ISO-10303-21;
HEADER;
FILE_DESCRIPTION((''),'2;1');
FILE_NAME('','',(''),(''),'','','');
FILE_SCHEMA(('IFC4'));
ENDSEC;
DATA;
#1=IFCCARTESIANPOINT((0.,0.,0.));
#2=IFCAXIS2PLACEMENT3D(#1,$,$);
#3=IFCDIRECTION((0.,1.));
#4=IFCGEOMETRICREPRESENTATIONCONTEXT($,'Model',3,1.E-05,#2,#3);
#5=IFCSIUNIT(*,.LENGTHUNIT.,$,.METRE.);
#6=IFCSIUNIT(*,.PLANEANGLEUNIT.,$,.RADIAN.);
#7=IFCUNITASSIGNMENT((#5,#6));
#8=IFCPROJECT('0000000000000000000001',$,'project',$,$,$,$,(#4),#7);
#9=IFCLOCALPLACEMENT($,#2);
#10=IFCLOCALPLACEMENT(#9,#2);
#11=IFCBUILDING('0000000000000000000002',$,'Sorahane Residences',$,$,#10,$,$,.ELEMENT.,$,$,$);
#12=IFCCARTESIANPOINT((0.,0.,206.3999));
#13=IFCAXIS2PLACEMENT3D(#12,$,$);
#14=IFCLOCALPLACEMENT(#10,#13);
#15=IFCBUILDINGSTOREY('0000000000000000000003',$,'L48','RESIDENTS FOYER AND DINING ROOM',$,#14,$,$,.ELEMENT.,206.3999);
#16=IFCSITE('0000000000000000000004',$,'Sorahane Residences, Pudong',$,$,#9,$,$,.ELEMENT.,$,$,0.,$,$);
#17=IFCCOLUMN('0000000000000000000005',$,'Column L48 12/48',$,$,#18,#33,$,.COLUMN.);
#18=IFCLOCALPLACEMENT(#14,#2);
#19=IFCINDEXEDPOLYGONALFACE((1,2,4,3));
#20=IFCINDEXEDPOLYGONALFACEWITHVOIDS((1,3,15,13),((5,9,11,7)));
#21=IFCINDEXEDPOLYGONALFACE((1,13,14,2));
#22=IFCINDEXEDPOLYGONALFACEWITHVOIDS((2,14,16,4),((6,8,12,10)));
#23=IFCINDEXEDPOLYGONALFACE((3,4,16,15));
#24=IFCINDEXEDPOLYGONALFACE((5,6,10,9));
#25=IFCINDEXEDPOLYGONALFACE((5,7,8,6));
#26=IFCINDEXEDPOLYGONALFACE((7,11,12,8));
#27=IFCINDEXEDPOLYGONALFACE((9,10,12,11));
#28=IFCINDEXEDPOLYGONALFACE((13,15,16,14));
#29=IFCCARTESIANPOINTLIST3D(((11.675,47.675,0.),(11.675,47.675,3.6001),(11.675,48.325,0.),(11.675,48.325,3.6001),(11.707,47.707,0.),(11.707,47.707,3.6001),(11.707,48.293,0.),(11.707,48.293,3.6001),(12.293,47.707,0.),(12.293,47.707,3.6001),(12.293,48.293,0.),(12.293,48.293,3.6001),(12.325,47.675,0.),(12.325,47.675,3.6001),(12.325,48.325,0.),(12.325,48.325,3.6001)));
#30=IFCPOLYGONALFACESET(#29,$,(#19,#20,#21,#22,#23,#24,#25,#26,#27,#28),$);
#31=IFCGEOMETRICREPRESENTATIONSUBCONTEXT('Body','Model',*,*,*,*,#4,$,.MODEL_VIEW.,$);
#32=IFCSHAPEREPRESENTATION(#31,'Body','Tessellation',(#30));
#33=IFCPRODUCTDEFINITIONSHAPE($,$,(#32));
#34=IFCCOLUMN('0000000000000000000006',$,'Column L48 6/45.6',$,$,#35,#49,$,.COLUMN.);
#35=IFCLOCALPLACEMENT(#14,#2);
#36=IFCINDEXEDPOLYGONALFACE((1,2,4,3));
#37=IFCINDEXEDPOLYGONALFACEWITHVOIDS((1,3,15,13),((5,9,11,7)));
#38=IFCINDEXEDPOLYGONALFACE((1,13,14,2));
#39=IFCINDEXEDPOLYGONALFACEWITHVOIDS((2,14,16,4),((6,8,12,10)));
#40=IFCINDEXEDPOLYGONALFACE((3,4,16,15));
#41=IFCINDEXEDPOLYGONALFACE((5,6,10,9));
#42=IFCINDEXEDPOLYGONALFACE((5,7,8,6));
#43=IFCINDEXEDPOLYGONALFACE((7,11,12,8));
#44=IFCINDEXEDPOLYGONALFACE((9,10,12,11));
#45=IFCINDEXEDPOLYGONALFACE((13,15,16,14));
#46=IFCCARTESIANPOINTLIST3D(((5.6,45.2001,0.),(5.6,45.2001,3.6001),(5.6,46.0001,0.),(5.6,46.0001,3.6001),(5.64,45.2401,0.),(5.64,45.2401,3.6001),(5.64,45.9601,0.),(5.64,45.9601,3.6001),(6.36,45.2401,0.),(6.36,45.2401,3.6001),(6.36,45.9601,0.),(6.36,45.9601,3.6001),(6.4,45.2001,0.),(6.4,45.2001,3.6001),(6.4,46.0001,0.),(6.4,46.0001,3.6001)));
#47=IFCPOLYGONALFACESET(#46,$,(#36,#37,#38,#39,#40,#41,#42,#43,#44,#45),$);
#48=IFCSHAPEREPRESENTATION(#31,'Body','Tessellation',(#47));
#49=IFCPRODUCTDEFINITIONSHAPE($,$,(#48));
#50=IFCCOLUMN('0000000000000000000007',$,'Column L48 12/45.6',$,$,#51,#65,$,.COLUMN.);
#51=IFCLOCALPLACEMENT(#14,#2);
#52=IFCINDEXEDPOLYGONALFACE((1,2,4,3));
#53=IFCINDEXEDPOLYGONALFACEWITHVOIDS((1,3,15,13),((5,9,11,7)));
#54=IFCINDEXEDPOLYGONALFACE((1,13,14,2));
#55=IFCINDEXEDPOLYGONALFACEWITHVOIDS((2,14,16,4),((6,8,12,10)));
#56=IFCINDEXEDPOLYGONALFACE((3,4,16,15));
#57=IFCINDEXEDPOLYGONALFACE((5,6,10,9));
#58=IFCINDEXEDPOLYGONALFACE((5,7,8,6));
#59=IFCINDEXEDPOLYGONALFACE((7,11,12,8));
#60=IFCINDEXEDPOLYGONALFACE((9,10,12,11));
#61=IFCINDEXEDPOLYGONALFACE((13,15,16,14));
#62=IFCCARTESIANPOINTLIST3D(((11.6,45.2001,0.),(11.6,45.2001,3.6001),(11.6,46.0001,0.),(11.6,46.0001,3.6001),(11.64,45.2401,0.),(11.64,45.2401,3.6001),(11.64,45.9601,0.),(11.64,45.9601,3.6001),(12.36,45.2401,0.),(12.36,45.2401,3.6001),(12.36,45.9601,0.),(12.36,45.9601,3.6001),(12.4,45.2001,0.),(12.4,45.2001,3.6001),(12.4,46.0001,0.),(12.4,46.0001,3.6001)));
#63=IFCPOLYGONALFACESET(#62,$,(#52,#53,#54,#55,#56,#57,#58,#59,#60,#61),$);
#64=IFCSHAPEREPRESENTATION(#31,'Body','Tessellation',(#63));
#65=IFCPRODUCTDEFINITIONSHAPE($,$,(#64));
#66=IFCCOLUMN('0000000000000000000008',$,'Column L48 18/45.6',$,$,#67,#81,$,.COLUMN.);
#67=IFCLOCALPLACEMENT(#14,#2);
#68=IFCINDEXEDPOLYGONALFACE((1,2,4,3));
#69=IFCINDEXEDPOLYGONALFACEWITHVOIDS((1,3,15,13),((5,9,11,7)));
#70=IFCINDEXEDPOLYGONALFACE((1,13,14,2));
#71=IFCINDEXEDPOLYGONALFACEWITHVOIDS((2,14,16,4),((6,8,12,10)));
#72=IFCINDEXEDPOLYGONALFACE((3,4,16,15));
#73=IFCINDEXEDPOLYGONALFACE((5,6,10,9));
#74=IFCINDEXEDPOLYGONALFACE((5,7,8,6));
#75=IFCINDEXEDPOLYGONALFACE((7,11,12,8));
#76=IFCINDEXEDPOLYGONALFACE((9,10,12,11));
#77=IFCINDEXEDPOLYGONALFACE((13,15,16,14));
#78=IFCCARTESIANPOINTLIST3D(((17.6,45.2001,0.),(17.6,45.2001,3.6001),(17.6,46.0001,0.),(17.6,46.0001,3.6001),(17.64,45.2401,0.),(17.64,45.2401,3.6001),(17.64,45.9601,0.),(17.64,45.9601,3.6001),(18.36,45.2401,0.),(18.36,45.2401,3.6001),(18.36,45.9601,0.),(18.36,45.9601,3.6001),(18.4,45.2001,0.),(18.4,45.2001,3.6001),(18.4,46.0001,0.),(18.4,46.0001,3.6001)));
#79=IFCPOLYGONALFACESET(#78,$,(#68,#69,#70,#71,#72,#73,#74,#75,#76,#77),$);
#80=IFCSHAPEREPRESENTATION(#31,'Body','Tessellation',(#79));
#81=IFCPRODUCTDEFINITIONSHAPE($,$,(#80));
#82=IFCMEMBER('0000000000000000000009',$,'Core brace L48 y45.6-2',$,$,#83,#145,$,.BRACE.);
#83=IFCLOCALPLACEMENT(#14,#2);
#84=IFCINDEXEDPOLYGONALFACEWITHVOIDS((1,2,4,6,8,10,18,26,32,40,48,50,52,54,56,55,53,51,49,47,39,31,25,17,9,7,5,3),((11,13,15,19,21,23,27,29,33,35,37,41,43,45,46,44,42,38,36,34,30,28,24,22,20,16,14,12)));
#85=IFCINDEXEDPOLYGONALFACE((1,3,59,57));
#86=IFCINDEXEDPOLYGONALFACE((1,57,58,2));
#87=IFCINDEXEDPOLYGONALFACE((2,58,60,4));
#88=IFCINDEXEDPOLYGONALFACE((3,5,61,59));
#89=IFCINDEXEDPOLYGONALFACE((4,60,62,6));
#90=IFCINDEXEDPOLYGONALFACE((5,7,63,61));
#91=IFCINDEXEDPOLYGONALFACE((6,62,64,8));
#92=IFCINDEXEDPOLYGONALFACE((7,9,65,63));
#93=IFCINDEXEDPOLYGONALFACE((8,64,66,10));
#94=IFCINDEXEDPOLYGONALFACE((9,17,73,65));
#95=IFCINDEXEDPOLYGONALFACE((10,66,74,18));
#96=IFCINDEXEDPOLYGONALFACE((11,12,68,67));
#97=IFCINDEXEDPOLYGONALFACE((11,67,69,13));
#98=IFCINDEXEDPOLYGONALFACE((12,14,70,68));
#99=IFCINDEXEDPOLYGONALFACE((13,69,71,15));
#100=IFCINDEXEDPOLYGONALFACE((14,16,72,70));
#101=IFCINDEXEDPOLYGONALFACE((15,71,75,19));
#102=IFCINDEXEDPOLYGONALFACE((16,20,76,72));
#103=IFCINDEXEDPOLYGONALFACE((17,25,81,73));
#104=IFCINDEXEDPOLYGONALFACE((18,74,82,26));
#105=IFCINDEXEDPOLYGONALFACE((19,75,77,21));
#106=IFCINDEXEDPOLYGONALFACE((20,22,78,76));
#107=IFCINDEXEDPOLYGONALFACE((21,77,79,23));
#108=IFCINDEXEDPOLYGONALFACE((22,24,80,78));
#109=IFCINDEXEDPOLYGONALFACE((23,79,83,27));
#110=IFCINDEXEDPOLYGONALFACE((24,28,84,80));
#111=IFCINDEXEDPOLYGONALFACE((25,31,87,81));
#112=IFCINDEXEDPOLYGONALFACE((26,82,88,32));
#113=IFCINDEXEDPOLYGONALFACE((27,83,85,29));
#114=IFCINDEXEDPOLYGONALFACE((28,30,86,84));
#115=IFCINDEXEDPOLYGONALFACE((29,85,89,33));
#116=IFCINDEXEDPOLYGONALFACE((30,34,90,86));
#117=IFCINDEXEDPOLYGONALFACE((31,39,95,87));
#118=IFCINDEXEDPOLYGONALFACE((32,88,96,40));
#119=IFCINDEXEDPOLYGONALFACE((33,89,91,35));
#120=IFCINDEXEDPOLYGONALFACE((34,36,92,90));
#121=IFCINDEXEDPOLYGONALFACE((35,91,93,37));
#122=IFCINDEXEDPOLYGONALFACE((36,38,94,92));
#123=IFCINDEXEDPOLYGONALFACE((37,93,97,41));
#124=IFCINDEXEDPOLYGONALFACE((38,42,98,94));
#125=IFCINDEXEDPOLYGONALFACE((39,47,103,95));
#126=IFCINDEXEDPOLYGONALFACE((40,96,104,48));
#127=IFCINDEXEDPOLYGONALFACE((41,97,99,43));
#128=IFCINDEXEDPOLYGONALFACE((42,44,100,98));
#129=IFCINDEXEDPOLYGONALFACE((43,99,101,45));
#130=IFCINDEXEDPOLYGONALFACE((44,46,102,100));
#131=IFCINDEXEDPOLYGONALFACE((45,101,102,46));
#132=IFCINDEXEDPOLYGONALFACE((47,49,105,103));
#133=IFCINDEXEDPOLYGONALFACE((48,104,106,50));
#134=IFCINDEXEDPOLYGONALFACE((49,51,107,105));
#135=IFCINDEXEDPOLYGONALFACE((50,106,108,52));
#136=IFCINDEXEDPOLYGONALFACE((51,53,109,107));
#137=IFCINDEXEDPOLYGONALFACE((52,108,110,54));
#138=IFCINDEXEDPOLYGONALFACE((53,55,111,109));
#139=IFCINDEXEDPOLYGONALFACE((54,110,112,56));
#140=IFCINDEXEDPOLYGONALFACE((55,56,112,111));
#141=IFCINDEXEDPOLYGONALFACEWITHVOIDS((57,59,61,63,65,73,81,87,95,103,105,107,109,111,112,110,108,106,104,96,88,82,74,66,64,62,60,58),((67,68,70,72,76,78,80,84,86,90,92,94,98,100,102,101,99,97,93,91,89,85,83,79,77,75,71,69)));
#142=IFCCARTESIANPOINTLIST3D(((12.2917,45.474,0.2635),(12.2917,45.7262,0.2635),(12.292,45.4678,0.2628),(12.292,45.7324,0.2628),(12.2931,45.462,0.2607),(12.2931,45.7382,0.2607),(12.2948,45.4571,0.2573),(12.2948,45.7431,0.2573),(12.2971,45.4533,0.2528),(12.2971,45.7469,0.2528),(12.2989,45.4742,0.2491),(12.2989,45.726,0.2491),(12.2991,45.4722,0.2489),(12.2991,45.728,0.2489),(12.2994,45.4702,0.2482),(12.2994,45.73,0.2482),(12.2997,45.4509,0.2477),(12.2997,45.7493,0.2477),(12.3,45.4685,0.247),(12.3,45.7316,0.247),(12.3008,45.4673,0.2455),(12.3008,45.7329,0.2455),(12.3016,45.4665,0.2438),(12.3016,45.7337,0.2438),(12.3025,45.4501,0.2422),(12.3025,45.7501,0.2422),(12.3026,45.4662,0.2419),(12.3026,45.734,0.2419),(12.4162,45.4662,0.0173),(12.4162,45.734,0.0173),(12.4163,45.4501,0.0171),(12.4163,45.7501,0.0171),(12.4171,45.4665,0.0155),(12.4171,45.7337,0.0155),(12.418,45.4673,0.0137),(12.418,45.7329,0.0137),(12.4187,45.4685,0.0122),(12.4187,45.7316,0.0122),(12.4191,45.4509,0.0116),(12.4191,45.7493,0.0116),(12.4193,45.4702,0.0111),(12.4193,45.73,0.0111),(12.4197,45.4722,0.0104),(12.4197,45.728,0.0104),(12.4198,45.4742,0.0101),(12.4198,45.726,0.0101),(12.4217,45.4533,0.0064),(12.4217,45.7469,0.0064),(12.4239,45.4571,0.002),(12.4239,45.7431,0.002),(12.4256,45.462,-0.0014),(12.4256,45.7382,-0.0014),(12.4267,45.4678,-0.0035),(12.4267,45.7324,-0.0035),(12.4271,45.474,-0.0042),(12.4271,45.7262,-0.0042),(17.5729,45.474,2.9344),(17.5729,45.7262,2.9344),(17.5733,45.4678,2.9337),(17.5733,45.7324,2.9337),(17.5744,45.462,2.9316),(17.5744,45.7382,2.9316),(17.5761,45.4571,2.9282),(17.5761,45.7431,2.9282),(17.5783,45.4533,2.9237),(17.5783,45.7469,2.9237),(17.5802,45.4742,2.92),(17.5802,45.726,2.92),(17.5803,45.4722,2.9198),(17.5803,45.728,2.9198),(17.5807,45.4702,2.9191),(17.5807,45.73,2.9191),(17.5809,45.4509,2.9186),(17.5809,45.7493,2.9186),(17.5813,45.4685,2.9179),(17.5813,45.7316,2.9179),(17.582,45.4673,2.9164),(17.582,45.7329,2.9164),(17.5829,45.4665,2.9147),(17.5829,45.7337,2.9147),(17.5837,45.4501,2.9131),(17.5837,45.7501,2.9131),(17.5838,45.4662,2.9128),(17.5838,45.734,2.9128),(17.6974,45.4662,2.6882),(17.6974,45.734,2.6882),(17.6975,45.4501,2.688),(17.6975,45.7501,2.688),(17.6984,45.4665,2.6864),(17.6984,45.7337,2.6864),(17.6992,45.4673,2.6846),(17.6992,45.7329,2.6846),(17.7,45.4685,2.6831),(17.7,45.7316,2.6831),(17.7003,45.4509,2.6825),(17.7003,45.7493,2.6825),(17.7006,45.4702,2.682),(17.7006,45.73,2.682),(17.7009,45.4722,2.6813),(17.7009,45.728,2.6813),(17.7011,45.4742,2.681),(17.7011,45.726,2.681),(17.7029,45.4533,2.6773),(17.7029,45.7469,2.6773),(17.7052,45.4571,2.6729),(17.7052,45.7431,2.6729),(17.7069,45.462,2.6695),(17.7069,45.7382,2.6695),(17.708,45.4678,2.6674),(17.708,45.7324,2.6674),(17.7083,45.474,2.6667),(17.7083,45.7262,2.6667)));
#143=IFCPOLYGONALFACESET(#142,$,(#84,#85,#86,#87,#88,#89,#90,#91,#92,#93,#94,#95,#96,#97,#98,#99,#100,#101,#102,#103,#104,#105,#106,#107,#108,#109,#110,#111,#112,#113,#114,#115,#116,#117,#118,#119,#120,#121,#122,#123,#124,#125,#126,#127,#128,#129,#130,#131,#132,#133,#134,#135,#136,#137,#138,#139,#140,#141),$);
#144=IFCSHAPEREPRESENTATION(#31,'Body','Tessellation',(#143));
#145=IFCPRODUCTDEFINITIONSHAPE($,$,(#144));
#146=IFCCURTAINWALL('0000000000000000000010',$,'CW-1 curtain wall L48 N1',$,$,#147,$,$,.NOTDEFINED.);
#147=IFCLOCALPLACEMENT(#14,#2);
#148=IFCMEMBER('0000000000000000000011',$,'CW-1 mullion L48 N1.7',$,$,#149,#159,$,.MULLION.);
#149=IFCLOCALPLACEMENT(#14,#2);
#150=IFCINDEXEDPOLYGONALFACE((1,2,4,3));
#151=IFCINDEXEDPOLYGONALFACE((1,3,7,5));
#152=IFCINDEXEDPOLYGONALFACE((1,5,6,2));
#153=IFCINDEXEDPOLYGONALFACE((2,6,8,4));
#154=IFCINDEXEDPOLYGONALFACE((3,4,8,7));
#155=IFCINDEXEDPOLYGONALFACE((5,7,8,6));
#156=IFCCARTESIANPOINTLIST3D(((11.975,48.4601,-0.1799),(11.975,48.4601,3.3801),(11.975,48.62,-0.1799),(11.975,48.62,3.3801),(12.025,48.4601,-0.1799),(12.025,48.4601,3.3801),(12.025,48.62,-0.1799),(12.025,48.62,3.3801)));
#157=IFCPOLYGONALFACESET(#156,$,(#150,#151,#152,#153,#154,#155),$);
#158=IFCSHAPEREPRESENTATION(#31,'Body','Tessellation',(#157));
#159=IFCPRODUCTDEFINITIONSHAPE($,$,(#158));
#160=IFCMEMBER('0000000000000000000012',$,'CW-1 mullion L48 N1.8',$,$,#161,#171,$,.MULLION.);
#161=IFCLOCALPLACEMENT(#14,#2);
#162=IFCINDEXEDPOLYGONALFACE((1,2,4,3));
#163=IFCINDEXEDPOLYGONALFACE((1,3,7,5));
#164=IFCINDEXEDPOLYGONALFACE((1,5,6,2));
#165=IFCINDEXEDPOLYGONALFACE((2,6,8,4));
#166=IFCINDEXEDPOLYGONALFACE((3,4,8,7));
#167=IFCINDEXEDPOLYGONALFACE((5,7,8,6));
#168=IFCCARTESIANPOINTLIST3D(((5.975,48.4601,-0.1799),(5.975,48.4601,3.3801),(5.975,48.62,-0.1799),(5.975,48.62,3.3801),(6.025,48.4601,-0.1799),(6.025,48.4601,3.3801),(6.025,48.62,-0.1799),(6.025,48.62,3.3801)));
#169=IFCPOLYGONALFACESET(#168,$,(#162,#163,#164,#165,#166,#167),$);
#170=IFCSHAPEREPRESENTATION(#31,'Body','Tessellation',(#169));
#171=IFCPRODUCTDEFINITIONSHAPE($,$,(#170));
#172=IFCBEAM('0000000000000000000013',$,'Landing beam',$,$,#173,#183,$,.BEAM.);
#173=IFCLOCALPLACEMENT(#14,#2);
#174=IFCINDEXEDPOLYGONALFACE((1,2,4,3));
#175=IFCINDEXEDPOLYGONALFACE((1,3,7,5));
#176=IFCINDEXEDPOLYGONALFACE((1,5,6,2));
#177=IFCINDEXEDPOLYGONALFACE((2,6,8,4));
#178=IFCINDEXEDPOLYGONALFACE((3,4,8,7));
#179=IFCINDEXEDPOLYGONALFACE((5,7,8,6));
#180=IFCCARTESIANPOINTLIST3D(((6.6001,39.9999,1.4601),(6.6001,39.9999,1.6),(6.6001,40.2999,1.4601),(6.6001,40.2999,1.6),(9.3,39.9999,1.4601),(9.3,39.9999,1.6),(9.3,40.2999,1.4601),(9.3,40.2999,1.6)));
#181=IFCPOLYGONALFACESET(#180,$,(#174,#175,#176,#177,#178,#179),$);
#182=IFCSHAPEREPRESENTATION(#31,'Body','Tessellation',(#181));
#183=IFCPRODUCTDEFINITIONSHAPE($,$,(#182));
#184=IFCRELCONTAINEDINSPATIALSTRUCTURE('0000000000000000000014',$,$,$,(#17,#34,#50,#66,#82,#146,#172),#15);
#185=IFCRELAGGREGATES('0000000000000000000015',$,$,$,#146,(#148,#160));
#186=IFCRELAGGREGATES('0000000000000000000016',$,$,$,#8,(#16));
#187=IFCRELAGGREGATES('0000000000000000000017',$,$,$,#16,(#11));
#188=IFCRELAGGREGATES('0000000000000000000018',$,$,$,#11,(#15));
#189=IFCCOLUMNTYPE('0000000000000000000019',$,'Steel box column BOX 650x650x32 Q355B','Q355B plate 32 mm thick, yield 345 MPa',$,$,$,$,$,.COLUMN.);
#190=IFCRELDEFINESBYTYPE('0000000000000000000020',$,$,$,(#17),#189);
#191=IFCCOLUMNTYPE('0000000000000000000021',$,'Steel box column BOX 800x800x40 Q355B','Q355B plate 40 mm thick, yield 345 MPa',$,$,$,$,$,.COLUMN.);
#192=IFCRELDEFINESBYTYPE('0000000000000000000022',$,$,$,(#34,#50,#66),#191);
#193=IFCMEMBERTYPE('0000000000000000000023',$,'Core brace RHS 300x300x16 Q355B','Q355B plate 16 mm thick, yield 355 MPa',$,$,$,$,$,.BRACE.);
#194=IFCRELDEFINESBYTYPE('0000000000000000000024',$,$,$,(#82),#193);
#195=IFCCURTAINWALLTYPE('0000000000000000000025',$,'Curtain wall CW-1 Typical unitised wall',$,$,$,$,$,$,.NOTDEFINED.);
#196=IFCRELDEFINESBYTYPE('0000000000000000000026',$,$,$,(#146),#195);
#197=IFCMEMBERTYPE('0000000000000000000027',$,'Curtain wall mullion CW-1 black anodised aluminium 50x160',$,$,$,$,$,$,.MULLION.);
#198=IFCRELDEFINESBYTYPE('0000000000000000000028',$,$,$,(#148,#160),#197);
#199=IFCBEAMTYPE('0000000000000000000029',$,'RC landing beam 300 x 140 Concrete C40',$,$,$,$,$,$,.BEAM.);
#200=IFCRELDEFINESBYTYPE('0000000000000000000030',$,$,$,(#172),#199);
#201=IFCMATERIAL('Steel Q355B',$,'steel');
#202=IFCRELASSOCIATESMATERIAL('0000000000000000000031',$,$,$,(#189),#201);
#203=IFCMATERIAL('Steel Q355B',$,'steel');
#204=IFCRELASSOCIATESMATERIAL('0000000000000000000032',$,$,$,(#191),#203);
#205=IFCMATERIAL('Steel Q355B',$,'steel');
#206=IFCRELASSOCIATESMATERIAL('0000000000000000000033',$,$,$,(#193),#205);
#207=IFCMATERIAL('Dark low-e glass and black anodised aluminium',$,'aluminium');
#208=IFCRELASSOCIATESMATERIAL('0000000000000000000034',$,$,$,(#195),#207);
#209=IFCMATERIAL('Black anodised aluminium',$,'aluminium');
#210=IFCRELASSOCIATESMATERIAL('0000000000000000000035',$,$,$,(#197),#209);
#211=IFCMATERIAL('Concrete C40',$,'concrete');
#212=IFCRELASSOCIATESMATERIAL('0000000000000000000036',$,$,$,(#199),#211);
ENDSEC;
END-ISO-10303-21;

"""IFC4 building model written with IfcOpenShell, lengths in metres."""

from ifc_helpers import new_model, si_unit, direction, frame, origin, origin_2d, place, context, subcontext, project, spatial, rectangle, hollow_rectangle, extrude, material, material_profile, profile_set, type_object, element, aggregate, save


model = new_model("IFC4")

# Units and contexts
model_context = context("Model", 3, precision=1e-05, world=origin(), true_north=direction((0.0, 1.0)))
body_context = subcontext(model_context, "Body", "Model", "MODEL_VIEW")
ifc_project = project(units=[si_unit("LENGTHUNIT", "METRE"), si_unit("PLANEANGLEUNIT", "RADIAN")], contexts=[model_context])

# Site, building, storey
site_placement = place(None, origin())
site = spatial("IfcSite", under=ifc_project, at=site_placement, Name="Sorahane Residences, Pudong", CompositionType="ELEMENT", RefElevation=0.0)
building_placement = place(site_placement, origin())
building = spatial("IfcBuilding", under=site, at=building_placement, Name="Sorahane Residences", CompositionType="ELEMENT")
storey_placement = place(building_placement, frame((0.0, 0.0, 206.3999)))
storey = spatial("IfcBuildingStorey", under=building, at=storey_placement, Name="L48", Description="RESIDENTS FOYER AND DINING ROOM", CompositionType="ELEMENT", Elevation=206.3999)

# Columns
ifc_material_1 = material(Name="Steel Q355B", Category="steel")
ifc_material_profile_1 = material_profile(ifc_material_1, hollow_rectangle(XDim=0.6499, YDim=0.6499, WallThickness=0.032, at=origin_2d()), Name="BOX 650x650x32")
ifc_profile_set_1 = profile_set([ifc_material_profile_1], Name="Steel Q355B")
column_type_1 = type_object("IfcColumnType", Name="Steel box column BOX 650x650x32 Q355B", Description="Q355B plate 32 mm thick, yield 345 MPa", PredefinedType="COLUMN", material=ifc_profile_set_1)
column_placement = place(storey_placement, frame((12.0, 48.0, 0.0), z_axis=(0.0, 0.0, 1.0), x_axis=(1.0, 0.0, 0.0)))
element("IfcColumn", 1, at=column_placement, inside=storey, type_object=column_type_1, Name="Column L48 12/48", PredefinedType="COLUMN", context=body_context, shape_type="SweptSolid", body=[
    extrude(hollow_rectangle(XDim=0.6499, YDim=0.6499, WallThickness=0.032, at=origin_2d()), origin(), (0.0, 0.0, 1.0), 3.6001),
])
ifc_material_2 = material(Name="Steel Q355B", Category="steel")
ifc_material_profile_2 = material_profile(ifc_material_2, hollow_rectangle(XDim=0.8, YDim=0.8, WallThickness=0.04, at=origin_2d()), Name="BOX 800x800x40")
ifc_profile_set_2 = profile_set([ifc_material_profile_2], Name="Steel Q355B")
column_type_2 = type_object("IfcColumnType", Name="Steel box column BOX 800x800x40 Q355B", Description="Q355B plate 40 mm thick, yield 345 MPa", PredefinedType="COLUMN", material=ifc_profile_set_2)
for number, where, z_axis, x_axis, name in (
    (2, (6.0, 45.6001, 0.0), (0.0, 0.0, 1.0), (1.0, 0.0, 0.0), "Column L48 6/45.6"),
    (3, (12.0, 45.6001, 0.0), (0.0, 0.0, 1.0), (1.0, 0.0, 0.0), "Column L48 12/45.6"),
    (4, (18.0, 45.6001, 0.0), (0.0, 0.0, 1.0), (1.0, 0.0, 0.0), "Column L48 18/45.6"),
):
    element("IfcColumn", number, at=place(storey_placement, frame(where, z_axis=z_axis, x_axis=x_axis)), inside=storey, type_object=column_type_2, Name=name, PredefinedType="COLUMN", context=body_context, shape_type="SweptSolid", body=[
        extrude(hollow_rectangle(XDim=0.8, YDim=0.8, WallThickness=0.04, at=origin_2d()), origin(), (0.0, 0.0, 1.0), 3.6001),
    ])

# Member
ifc_material_3 = material(Name="Steel Q355B", Category="steel")
ifc_material_profile_3 = material_profile(ifc_material_3, hollow_rectangle(XDim=0.3, YDim=0.3, WallThickness=0.0161, InnerFilletRadius=0.0081, OuterFilletRadius=0.0239, at=origin_2d()), Name="RHS 300x300x16")
ifc_profile_set_3 = profile_set([ifc_material_profile_3], Name="Steel Q355B")
member_type_1 = type_object("IfcMemberType", Name="Core brace RHS 300x300x16 Q355B", Description="Q355B plate 16 mm thick, yield 355 MPa", PredefinedType="BRACE", material=ifc_profile_set_3)
member_1_placement = place(storey_placement, frame((12.3594, 45.6001, 0.1296), z_axis=(0.892372, 0.0, 0.451301), x_axis=(0.0, 1.0, 0.0)))
element("IfcMember", 5, at=member_1_placement, inside=storey, type_object=member_type_1, Name="Core brace L48 y45.6-2", PredefinedType="BRACE", context=body_context, shape_type="SweptSolid", body=[
    extrude(hollow_rectangle(XDim=0.3, YDim=0.3, WallThickness=0.0161, InnerFilletRadius=0.0081, OuterFilletRadius=0.0239, at=origin_2d()), origin(), (0.0, 0.0, 1.0), 5.9182),
])

# Curtain wall, members
ifc_material_4 = material(Name="Dark low-e glass and black anodised aluminium", Category="aluminium")
curtain_wall_type = type_object("IfcCurtainWallType", Name="Curtain wall CW-1 Typical unitised wall", PredefinedType="NOTDEFINED", material=ifc_material_4)
curtain_wall_placement = place(storey_placement, origin())
curtain_wall = element("IfcCurtainWall", 6, at=curtain_wall_placement, inside=storey, type_object=curtain_wall_type, Name="CW-1 curtain wall L48 N1", PredefinedType="NOTDEFINED")
ifc_material_5 = material(Name="Black anodised aluminium", Category="aluminium")
ifc_material_profile_4 = material_profile(ifc_material_5, rectangle(XDim=0.1599, YDim=0.05, at=origin_2d()), Name="Curtain wall mullion CW-1 black anodised aluminium 50x160")
ifc_profile_set_4 = profile_set([ifc_material_profile_4], Name="Black anodised aluminium")
member_type_2 = type_object("IfcMemberType", Name="Curtain wall mullion CW-1 black anodised aluminium 50x160", PredefinedType="MULLION", material=ifc_profile_set_4)
member_2_placement = place(storey_placement, frame((12.0, 48.54, -0.1799), z_axis=(0.0, 0.0, 1.0), x_axis=(0.0, 1.0, 0.0)))
member_2 = element("IfcMember", 7, at=member_2_placement, type_object=member_type_2, Name="CW-1 mullion L48 N1.7", PredefinedType="MULLION", context=body_context, shape_type="SweptSolid", body=[
    extrude(rectangle(XDim=0.1599, YDim=0.05, at=origin_2d()), origin(), (0.0, 0.0, 1.0), 3.5601),
])
member_3_placement = place(storey_placement, frame((6.0, 48.54, -0.1799), z_axis=(0.0, 0.0, 1.0), x_axis=(0.0, 1.0, 0.0)))
member_3 = element("IfcMember", 8, at=member_3_placement, type_object=member_type_2, Name="CW-1 mullion L48 N1.8", PredefinedType="MULLION", context=body_context, shape_type="SweptSolid", body=[
    extrude(rectangle(XDim=0.1599, YDim=0.05, at=origin_2d()), origin(), (0.0, 0.0, 1.0), 3.5601),
])

# Beam
ifc_material_6 = material(Name="Concrete C40", Category="concrete")
ifc_material_profile_5 = material_profile(ifc_material_6, rectangle(XDim=0.3, YDim=0.1399, at=origin_2d()), Name="300x140")
ifc_profile_set_5 = profile_set([ifc_material_profile_5], Name="Concrete C40")
beam_type_1 = type_object("IfcBeamType", Name="RC landing beam 300 x 140 Concrete C40", PredefinedType="BEAM", material=ifc_profile_set_5)
beam_1_placement = place(storey_placement, frame((6.6001, 40.1499, 1.53), z_axis=(1.0, 0.0, 0.0), x_axis=(0.0, 1.0, 0.0)))
element("IfcBeam", 9, at=beam_1_placement, inside=storey, type_object=beam_type_1, Name="Landing beam", PredefinedType="BEAM", context=body_context, shape_type="SweptSolid", body=[
    extrude(rectangle(XDim=0.3, YDim=0.1399, at=origin_2d()), origin(), (0.0, 0.0, 1.0), 2.7),
])

aggregate(curtain_wall, [member_2, member_3])

save(model, "model.ifc")
